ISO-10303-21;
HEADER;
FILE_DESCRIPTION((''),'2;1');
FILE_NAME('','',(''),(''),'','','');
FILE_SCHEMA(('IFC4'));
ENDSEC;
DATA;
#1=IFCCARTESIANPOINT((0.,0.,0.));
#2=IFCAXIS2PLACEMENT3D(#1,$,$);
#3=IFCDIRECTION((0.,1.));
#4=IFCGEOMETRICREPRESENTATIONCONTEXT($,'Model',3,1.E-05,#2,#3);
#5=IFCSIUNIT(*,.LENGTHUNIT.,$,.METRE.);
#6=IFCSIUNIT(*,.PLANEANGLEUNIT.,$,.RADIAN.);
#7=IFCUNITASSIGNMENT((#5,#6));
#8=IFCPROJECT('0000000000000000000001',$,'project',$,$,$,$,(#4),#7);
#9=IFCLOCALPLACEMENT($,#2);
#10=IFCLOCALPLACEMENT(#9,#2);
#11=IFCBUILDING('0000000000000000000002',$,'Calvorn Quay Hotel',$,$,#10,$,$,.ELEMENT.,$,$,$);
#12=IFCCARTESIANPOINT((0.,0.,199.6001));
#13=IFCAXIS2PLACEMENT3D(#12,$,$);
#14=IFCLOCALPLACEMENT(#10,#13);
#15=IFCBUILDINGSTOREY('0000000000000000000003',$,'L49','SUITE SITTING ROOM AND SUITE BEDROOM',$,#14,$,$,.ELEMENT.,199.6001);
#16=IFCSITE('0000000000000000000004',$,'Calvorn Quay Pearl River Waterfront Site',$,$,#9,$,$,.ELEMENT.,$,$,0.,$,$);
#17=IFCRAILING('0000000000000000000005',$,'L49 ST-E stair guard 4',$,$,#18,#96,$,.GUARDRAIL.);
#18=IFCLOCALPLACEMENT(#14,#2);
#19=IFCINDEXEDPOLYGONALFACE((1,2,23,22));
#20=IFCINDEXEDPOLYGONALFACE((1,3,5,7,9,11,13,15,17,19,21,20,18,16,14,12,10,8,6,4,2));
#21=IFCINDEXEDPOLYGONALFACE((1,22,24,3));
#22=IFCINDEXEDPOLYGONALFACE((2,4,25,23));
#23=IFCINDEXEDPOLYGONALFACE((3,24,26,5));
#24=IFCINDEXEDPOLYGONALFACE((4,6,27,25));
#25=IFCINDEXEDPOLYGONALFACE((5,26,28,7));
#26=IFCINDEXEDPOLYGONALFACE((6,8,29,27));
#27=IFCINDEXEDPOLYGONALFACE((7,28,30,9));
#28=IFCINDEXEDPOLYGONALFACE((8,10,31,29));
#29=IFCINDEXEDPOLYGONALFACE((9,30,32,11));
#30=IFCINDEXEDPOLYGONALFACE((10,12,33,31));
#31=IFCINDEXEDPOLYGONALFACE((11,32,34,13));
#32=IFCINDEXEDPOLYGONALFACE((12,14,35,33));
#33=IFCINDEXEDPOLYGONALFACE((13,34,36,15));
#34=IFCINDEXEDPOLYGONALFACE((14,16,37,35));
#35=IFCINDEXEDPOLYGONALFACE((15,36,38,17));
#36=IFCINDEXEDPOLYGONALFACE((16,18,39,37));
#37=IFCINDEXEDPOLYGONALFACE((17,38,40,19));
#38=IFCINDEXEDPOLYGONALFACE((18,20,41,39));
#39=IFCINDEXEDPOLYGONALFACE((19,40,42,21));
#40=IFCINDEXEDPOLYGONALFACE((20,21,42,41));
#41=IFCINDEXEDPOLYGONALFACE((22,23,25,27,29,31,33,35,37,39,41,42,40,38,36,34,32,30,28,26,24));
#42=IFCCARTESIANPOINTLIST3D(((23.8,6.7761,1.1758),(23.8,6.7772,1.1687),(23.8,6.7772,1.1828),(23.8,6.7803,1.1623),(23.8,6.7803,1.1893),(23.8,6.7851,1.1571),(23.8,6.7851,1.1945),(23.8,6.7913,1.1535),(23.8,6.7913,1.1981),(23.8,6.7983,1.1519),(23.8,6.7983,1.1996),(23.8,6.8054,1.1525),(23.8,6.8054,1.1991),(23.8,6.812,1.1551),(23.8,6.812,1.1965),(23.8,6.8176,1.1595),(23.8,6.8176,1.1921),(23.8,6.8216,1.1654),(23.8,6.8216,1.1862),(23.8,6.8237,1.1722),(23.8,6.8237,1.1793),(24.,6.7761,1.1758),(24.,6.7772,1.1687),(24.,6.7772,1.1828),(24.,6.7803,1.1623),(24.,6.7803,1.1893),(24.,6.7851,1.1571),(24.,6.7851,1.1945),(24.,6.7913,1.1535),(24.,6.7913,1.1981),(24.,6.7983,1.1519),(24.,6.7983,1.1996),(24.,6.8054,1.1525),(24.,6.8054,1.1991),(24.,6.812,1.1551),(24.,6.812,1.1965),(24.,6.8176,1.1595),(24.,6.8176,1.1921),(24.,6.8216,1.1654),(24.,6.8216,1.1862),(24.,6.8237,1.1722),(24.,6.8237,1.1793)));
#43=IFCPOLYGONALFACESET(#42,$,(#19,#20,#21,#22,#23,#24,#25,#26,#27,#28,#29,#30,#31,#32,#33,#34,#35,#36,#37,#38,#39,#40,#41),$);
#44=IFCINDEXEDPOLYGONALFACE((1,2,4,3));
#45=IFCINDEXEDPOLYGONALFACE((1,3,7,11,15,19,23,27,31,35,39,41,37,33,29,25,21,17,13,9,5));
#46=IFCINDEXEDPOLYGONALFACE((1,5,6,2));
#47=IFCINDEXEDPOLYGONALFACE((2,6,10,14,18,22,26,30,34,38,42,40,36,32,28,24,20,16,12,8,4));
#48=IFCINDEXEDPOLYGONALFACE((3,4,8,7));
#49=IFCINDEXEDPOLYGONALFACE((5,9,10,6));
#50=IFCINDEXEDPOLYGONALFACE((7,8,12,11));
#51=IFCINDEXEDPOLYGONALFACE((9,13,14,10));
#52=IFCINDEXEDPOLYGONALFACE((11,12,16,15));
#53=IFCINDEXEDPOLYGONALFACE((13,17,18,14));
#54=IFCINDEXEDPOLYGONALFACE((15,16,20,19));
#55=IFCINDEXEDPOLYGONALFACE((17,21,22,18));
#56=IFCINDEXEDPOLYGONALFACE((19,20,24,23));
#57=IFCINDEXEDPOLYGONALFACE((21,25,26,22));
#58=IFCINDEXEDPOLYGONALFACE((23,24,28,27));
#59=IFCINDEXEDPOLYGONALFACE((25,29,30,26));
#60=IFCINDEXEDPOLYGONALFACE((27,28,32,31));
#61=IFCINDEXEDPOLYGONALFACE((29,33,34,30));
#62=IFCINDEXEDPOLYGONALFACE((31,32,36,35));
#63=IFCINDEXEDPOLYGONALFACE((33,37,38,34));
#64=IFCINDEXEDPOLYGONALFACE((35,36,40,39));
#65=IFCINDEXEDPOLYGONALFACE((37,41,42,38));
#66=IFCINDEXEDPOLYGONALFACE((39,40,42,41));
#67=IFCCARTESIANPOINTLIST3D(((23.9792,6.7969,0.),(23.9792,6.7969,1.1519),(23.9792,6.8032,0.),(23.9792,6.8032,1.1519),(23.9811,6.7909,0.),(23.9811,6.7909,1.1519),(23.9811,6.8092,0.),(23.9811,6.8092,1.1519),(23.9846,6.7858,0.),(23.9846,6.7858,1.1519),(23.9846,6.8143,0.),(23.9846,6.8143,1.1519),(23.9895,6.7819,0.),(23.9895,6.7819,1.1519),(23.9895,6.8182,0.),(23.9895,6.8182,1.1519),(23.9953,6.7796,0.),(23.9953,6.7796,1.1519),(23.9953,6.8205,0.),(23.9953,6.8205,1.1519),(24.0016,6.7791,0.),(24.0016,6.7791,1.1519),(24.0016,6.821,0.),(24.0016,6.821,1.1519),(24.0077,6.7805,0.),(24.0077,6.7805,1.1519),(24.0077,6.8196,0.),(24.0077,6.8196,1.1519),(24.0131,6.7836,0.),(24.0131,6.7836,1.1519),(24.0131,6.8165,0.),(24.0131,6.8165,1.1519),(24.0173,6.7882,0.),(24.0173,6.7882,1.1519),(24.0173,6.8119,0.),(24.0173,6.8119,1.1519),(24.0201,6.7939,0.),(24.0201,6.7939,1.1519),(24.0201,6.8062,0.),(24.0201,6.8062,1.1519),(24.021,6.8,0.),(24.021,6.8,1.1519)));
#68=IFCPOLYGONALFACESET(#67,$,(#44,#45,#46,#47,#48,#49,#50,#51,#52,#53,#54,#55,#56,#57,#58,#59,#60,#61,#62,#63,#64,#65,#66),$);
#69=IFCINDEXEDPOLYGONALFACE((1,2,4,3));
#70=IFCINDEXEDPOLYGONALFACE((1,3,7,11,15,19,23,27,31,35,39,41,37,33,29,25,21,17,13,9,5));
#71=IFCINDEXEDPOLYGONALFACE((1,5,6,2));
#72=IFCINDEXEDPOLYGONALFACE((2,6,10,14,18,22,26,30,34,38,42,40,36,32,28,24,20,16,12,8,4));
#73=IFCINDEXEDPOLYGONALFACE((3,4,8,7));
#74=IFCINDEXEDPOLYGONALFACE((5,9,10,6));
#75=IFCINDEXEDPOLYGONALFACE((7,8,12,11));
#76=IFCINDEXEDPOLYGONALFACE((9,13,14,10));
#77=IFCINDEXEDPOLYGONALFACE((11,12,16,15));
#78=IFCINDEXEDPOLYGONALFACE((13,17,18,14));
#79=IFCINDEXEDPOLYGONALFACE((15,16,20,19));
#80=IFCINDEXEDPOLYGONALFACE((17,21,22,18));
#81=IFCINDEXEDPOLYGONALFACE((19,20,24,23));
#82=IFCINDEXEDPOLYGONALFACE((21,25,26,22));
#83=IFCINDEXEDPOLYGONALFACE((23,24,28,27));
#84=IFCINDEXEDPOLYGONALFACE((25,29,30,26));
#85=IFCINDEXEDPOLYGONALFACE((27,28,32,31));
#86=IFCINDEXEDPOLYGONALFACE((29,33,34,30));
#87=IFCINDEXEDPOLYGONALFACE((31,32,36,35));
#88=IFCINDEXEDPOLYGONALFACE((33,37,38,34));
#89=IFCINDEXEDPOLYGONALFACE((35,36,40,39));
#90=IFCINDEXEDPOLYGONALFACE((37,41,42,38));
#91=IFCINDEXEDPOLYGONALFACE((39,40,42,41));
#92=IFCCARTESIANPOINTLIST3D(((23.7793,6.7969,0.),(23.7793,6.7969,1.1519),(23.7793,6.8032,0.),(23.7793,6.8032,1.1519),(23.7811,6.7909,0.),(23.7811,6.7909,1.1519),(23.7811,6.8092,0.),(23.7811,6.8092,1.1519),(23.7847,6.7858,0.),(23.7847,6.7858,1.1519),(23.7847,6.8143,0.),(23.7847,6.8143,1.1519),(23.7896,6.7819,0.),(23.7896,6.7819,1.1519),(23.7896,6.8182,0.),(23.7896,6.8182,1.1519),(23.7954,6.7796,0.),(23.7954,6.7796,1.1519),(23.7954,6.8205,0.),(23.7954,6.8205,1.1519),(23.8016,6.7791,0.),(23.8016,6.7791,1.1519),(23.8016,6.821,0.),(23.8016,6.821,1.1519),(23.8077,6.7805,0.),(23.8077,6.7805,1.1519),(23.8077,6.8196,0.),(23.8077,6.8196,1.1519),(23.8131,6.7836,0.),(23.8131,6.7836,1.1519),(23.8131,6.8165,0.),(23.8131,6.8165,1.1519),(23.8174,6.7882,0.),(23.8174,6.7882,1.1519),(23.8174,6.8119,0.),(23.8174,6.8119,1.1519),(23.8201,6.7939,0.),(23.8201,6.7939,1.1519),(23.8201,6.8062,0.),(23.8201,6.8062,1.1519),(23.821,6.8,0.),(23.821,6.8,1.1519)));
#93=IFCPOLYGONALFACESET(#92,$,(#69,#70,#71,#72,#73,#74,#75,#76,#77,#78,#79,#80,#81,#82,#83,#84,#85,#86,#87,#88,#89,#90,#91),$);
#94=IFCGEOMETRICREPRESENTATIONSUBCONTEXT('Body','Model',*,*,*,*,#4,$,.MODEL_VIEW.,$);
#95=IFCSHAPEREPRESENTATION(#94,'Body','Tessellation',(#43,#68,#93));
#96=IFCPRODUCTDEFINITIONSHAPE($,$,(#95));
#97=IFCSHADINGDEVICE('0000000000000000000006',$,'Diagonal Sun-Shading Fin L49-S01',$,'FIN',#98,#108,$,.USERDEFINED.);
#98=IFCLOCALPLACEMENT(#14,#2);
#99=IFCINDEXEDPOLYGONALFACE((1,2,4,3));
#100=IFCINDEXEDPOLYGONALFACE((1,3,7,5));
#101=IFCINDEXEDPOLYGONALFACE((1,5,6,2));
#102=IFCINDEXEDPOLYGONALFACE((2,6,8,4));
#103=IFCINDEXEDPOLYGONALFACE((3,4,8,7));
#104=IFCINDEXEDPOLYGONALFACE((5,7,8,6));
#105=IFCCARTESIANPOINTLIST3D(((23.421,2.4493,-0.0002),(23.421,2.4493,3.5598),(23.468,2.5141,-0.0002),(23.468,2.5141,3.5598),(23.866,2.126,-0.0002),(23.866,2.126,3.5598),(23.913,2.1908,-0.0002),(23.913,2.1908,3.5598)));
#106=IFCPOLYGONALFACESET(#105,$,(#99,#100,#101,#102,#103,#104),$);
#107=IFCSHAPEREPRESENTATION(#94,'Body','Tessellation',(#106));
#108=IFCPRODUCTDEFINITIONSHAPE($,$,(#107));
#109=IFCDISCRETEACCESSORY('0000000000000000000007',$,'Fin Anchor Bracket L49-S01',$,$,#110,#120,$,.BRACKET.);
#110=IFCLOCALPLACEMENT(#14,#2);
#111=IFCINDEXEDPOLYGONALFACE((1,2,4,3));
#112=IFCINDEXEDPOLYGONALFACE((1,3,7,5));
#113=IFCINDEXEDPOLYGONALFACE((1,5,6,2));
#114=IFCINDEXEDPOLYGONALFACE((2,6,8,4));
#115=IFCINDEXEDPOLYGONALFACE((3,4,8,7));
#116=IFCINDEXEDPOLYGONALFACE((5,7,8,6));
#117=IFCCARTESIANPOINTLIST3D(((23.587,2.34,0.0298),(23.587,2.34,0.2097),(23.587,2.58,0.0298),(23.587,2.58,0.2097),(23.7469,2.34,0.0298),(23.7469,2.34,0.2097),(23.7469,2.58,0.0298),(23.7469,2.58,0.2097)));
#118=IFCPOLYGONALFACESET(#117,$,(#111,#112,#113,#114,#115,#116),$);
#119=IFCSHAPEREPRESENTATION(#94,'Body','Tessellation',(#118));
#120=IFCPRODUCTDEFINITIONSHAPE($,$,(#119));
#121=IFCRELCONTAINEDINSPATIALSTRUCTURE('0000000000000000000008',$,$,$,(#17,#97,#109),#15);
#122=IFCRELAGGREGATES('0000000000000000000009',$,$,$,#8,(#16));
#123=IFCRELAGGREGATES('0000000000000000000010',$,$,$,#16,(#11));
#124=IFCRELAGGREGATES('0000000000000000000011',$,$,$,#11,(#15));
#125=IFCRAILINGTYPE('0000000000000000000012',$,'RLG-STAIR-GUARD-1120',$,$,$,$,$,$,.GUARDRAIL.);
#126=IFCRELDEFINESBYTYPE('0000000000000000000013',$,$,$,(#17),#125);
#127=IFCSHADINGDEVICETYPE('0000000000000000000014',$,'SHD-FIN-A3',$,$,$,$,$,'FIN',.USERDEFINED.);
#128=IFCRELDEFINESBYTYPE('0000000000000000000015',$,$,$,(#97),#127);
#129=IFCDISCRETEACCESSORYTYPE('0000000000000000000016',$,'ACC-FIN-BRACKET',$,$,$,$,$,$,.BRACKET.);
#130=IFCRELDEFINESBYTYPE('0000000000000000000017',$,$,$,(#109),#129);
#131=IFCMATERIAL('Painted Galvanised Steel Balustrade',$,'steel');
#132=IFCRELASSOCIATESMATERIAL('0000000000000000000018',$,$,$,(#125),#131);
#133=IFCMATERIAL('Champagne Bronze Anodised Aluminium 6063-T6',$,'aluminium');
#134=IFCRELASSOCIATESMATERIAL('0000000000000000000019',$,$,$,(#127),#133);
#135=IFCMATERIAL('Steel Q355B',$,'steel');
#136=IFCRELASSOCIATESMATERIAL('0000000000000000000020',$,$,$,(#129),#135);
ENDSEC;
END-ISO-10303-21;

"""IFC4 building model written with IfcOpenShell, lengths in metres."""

from ifc_helpers import new_model, si_unit, direction, frame, origin, origin_2d, place, context, subcontext, project, spatial, rectangle, circle, extrude, material, type_object, element, save


model = new_model("IFC4")

# Units and contexts
model_context = context("Model", 3, precision=1e-05, world=origin(), true_north=direction((0.0, 1.0)))
body_context = subcontext(model_context, "Body", "Model", "MODEL_VIEW")
ifc_project = project(units=[si_unit("LENGTHUNIT", "METRE"), si_unit("PLANEANGLEUNIT", "RADIAN")], contexts=[model_context])

# Site, building, storey
site_placement = place(None, origin())
site = spatial("IfcSite", under=ifc_project, at=site_placement, Name="Calvorn Quay Pearl River Waterfront Site", CompositionType="ELEMENT", RefElevation=0.0)
building_placement = place(site_placement, origin())
building = spatial("IfcBuilding", under=site, at=building_placement, Name="Calvorn Quay Hotel", CompositionType="ELEMENT")
storey_placement = place(building_placement, frame((0.0, 0.0, 199.6001)))
storey = spatial("IfcBuildingStorey", under=building, at=storey_placement, Name="L49", Description="SUITE SITTING ROOM AND SUITE BEDROOM", CompositionType="ELEMENT", Elevation=199.6001)

# Railing
ifc_material_1 = material(Name="Painted Galvanised Steel Balustrade", Category="steel")
railing_type_1 = type_object("IfcRailingType", Name="RLG-STAIR-GUARD-1120", PredefinedType="GUARDRAIL", material=ifc_material_1)
railing_1_placement = place(storey_placement, frame((24.0, 6.8, 0.0)))
element("IfcRailing", 1, at=railing_1_placement, inside=storey, type_object=railing_type_1, Name="L49 ST-E stair guard 4", PredefinedType="GUARDRAIL", context=body_context, shape_type="SweptSolid", body=[
    extrude(circle(Radius=0.0239, at=origin_2d()), frame((0.0, 0.0, 1.1758), z_axis=(-1.0, 0.0, 0.0), x_axis=(0.0, -1.0, 0.0)), (0.0, 0.0, 1.0), 0.2),
    extrude(circle(Radius=0.021, at=origin_2d()), origin(), (0.0, 0.0, 1.0), 1.1519),
    extrude(circle(Radius=0.021, at=origin_2d()), frame((-0.2, 0.0, 0.0)), (0.0, 0.0, 1.0), 1.1519),
])

# Shading device
ifc_material_2 = material(Name="Champagne Bronze Anodised Aluminium 6063-T6", Category="aluminium")
shading_device_type = type_object("IfcShadingDeviceType", Name="SHD-FIN-A3", ElementType="FIN", PredefinedType="USERDEFINED", material=ifc_material_2)
shading_device_placement = place(storey_placement, frame((23.667, 2.3201, -0.0002), z_axis=(0.0, 0.0, 1.0), x_axis=(-0.809017, 0.587785, 0.0)))
element("IfcShadingDevice", 2, at=shading_device_placement, inside=storey, type_object=shading_device_type, Name="Diagonal Sun-Shading Fin L49-S01", ObjectType="FIN", PredefinedType="USERDEFINED", context=body_context, shape_type="SweptSolid", body=[
    extrude(rectangle(XDim=0.55, YDim=0.0801, at=origin_2d()), origin(), (0.0, 0.0, 1.0), 3.5601),
])

# Discrete accessory
ifc_material_3 = material(Name="Steel Q355B", Category="steel")
discrete_accessory_type = type_object("IfcDiscreteAccessoryType", Name="ACC-FIN-BRACKET", PredefinedType="BRACKET", material=ifc_material_3)
discrete_accessory_placement = place(storey_placement, frame((23.667, 2.46, 0.0298), z_axis=(0.0, 0.0, 1.0), x_axis=(0.0, 1.0, 0.0)))
element("IfcDiscreteAccessory", 3, at=discrete_accessory_placement, inside=storey, type_object=discrete_accessory_type, Name="Fin Anchor Bracket L49-S01", PredefinedType="BRACKET", context=body_context, shape_type="SweptSolid", body=[
    extrude(rectangle(XDim=0.24, YDim=0.1599, at=origin_2d()), origin(), (0.0, 0.0, 1.0), 0.1799),
])

save(model, "model.ifc")
